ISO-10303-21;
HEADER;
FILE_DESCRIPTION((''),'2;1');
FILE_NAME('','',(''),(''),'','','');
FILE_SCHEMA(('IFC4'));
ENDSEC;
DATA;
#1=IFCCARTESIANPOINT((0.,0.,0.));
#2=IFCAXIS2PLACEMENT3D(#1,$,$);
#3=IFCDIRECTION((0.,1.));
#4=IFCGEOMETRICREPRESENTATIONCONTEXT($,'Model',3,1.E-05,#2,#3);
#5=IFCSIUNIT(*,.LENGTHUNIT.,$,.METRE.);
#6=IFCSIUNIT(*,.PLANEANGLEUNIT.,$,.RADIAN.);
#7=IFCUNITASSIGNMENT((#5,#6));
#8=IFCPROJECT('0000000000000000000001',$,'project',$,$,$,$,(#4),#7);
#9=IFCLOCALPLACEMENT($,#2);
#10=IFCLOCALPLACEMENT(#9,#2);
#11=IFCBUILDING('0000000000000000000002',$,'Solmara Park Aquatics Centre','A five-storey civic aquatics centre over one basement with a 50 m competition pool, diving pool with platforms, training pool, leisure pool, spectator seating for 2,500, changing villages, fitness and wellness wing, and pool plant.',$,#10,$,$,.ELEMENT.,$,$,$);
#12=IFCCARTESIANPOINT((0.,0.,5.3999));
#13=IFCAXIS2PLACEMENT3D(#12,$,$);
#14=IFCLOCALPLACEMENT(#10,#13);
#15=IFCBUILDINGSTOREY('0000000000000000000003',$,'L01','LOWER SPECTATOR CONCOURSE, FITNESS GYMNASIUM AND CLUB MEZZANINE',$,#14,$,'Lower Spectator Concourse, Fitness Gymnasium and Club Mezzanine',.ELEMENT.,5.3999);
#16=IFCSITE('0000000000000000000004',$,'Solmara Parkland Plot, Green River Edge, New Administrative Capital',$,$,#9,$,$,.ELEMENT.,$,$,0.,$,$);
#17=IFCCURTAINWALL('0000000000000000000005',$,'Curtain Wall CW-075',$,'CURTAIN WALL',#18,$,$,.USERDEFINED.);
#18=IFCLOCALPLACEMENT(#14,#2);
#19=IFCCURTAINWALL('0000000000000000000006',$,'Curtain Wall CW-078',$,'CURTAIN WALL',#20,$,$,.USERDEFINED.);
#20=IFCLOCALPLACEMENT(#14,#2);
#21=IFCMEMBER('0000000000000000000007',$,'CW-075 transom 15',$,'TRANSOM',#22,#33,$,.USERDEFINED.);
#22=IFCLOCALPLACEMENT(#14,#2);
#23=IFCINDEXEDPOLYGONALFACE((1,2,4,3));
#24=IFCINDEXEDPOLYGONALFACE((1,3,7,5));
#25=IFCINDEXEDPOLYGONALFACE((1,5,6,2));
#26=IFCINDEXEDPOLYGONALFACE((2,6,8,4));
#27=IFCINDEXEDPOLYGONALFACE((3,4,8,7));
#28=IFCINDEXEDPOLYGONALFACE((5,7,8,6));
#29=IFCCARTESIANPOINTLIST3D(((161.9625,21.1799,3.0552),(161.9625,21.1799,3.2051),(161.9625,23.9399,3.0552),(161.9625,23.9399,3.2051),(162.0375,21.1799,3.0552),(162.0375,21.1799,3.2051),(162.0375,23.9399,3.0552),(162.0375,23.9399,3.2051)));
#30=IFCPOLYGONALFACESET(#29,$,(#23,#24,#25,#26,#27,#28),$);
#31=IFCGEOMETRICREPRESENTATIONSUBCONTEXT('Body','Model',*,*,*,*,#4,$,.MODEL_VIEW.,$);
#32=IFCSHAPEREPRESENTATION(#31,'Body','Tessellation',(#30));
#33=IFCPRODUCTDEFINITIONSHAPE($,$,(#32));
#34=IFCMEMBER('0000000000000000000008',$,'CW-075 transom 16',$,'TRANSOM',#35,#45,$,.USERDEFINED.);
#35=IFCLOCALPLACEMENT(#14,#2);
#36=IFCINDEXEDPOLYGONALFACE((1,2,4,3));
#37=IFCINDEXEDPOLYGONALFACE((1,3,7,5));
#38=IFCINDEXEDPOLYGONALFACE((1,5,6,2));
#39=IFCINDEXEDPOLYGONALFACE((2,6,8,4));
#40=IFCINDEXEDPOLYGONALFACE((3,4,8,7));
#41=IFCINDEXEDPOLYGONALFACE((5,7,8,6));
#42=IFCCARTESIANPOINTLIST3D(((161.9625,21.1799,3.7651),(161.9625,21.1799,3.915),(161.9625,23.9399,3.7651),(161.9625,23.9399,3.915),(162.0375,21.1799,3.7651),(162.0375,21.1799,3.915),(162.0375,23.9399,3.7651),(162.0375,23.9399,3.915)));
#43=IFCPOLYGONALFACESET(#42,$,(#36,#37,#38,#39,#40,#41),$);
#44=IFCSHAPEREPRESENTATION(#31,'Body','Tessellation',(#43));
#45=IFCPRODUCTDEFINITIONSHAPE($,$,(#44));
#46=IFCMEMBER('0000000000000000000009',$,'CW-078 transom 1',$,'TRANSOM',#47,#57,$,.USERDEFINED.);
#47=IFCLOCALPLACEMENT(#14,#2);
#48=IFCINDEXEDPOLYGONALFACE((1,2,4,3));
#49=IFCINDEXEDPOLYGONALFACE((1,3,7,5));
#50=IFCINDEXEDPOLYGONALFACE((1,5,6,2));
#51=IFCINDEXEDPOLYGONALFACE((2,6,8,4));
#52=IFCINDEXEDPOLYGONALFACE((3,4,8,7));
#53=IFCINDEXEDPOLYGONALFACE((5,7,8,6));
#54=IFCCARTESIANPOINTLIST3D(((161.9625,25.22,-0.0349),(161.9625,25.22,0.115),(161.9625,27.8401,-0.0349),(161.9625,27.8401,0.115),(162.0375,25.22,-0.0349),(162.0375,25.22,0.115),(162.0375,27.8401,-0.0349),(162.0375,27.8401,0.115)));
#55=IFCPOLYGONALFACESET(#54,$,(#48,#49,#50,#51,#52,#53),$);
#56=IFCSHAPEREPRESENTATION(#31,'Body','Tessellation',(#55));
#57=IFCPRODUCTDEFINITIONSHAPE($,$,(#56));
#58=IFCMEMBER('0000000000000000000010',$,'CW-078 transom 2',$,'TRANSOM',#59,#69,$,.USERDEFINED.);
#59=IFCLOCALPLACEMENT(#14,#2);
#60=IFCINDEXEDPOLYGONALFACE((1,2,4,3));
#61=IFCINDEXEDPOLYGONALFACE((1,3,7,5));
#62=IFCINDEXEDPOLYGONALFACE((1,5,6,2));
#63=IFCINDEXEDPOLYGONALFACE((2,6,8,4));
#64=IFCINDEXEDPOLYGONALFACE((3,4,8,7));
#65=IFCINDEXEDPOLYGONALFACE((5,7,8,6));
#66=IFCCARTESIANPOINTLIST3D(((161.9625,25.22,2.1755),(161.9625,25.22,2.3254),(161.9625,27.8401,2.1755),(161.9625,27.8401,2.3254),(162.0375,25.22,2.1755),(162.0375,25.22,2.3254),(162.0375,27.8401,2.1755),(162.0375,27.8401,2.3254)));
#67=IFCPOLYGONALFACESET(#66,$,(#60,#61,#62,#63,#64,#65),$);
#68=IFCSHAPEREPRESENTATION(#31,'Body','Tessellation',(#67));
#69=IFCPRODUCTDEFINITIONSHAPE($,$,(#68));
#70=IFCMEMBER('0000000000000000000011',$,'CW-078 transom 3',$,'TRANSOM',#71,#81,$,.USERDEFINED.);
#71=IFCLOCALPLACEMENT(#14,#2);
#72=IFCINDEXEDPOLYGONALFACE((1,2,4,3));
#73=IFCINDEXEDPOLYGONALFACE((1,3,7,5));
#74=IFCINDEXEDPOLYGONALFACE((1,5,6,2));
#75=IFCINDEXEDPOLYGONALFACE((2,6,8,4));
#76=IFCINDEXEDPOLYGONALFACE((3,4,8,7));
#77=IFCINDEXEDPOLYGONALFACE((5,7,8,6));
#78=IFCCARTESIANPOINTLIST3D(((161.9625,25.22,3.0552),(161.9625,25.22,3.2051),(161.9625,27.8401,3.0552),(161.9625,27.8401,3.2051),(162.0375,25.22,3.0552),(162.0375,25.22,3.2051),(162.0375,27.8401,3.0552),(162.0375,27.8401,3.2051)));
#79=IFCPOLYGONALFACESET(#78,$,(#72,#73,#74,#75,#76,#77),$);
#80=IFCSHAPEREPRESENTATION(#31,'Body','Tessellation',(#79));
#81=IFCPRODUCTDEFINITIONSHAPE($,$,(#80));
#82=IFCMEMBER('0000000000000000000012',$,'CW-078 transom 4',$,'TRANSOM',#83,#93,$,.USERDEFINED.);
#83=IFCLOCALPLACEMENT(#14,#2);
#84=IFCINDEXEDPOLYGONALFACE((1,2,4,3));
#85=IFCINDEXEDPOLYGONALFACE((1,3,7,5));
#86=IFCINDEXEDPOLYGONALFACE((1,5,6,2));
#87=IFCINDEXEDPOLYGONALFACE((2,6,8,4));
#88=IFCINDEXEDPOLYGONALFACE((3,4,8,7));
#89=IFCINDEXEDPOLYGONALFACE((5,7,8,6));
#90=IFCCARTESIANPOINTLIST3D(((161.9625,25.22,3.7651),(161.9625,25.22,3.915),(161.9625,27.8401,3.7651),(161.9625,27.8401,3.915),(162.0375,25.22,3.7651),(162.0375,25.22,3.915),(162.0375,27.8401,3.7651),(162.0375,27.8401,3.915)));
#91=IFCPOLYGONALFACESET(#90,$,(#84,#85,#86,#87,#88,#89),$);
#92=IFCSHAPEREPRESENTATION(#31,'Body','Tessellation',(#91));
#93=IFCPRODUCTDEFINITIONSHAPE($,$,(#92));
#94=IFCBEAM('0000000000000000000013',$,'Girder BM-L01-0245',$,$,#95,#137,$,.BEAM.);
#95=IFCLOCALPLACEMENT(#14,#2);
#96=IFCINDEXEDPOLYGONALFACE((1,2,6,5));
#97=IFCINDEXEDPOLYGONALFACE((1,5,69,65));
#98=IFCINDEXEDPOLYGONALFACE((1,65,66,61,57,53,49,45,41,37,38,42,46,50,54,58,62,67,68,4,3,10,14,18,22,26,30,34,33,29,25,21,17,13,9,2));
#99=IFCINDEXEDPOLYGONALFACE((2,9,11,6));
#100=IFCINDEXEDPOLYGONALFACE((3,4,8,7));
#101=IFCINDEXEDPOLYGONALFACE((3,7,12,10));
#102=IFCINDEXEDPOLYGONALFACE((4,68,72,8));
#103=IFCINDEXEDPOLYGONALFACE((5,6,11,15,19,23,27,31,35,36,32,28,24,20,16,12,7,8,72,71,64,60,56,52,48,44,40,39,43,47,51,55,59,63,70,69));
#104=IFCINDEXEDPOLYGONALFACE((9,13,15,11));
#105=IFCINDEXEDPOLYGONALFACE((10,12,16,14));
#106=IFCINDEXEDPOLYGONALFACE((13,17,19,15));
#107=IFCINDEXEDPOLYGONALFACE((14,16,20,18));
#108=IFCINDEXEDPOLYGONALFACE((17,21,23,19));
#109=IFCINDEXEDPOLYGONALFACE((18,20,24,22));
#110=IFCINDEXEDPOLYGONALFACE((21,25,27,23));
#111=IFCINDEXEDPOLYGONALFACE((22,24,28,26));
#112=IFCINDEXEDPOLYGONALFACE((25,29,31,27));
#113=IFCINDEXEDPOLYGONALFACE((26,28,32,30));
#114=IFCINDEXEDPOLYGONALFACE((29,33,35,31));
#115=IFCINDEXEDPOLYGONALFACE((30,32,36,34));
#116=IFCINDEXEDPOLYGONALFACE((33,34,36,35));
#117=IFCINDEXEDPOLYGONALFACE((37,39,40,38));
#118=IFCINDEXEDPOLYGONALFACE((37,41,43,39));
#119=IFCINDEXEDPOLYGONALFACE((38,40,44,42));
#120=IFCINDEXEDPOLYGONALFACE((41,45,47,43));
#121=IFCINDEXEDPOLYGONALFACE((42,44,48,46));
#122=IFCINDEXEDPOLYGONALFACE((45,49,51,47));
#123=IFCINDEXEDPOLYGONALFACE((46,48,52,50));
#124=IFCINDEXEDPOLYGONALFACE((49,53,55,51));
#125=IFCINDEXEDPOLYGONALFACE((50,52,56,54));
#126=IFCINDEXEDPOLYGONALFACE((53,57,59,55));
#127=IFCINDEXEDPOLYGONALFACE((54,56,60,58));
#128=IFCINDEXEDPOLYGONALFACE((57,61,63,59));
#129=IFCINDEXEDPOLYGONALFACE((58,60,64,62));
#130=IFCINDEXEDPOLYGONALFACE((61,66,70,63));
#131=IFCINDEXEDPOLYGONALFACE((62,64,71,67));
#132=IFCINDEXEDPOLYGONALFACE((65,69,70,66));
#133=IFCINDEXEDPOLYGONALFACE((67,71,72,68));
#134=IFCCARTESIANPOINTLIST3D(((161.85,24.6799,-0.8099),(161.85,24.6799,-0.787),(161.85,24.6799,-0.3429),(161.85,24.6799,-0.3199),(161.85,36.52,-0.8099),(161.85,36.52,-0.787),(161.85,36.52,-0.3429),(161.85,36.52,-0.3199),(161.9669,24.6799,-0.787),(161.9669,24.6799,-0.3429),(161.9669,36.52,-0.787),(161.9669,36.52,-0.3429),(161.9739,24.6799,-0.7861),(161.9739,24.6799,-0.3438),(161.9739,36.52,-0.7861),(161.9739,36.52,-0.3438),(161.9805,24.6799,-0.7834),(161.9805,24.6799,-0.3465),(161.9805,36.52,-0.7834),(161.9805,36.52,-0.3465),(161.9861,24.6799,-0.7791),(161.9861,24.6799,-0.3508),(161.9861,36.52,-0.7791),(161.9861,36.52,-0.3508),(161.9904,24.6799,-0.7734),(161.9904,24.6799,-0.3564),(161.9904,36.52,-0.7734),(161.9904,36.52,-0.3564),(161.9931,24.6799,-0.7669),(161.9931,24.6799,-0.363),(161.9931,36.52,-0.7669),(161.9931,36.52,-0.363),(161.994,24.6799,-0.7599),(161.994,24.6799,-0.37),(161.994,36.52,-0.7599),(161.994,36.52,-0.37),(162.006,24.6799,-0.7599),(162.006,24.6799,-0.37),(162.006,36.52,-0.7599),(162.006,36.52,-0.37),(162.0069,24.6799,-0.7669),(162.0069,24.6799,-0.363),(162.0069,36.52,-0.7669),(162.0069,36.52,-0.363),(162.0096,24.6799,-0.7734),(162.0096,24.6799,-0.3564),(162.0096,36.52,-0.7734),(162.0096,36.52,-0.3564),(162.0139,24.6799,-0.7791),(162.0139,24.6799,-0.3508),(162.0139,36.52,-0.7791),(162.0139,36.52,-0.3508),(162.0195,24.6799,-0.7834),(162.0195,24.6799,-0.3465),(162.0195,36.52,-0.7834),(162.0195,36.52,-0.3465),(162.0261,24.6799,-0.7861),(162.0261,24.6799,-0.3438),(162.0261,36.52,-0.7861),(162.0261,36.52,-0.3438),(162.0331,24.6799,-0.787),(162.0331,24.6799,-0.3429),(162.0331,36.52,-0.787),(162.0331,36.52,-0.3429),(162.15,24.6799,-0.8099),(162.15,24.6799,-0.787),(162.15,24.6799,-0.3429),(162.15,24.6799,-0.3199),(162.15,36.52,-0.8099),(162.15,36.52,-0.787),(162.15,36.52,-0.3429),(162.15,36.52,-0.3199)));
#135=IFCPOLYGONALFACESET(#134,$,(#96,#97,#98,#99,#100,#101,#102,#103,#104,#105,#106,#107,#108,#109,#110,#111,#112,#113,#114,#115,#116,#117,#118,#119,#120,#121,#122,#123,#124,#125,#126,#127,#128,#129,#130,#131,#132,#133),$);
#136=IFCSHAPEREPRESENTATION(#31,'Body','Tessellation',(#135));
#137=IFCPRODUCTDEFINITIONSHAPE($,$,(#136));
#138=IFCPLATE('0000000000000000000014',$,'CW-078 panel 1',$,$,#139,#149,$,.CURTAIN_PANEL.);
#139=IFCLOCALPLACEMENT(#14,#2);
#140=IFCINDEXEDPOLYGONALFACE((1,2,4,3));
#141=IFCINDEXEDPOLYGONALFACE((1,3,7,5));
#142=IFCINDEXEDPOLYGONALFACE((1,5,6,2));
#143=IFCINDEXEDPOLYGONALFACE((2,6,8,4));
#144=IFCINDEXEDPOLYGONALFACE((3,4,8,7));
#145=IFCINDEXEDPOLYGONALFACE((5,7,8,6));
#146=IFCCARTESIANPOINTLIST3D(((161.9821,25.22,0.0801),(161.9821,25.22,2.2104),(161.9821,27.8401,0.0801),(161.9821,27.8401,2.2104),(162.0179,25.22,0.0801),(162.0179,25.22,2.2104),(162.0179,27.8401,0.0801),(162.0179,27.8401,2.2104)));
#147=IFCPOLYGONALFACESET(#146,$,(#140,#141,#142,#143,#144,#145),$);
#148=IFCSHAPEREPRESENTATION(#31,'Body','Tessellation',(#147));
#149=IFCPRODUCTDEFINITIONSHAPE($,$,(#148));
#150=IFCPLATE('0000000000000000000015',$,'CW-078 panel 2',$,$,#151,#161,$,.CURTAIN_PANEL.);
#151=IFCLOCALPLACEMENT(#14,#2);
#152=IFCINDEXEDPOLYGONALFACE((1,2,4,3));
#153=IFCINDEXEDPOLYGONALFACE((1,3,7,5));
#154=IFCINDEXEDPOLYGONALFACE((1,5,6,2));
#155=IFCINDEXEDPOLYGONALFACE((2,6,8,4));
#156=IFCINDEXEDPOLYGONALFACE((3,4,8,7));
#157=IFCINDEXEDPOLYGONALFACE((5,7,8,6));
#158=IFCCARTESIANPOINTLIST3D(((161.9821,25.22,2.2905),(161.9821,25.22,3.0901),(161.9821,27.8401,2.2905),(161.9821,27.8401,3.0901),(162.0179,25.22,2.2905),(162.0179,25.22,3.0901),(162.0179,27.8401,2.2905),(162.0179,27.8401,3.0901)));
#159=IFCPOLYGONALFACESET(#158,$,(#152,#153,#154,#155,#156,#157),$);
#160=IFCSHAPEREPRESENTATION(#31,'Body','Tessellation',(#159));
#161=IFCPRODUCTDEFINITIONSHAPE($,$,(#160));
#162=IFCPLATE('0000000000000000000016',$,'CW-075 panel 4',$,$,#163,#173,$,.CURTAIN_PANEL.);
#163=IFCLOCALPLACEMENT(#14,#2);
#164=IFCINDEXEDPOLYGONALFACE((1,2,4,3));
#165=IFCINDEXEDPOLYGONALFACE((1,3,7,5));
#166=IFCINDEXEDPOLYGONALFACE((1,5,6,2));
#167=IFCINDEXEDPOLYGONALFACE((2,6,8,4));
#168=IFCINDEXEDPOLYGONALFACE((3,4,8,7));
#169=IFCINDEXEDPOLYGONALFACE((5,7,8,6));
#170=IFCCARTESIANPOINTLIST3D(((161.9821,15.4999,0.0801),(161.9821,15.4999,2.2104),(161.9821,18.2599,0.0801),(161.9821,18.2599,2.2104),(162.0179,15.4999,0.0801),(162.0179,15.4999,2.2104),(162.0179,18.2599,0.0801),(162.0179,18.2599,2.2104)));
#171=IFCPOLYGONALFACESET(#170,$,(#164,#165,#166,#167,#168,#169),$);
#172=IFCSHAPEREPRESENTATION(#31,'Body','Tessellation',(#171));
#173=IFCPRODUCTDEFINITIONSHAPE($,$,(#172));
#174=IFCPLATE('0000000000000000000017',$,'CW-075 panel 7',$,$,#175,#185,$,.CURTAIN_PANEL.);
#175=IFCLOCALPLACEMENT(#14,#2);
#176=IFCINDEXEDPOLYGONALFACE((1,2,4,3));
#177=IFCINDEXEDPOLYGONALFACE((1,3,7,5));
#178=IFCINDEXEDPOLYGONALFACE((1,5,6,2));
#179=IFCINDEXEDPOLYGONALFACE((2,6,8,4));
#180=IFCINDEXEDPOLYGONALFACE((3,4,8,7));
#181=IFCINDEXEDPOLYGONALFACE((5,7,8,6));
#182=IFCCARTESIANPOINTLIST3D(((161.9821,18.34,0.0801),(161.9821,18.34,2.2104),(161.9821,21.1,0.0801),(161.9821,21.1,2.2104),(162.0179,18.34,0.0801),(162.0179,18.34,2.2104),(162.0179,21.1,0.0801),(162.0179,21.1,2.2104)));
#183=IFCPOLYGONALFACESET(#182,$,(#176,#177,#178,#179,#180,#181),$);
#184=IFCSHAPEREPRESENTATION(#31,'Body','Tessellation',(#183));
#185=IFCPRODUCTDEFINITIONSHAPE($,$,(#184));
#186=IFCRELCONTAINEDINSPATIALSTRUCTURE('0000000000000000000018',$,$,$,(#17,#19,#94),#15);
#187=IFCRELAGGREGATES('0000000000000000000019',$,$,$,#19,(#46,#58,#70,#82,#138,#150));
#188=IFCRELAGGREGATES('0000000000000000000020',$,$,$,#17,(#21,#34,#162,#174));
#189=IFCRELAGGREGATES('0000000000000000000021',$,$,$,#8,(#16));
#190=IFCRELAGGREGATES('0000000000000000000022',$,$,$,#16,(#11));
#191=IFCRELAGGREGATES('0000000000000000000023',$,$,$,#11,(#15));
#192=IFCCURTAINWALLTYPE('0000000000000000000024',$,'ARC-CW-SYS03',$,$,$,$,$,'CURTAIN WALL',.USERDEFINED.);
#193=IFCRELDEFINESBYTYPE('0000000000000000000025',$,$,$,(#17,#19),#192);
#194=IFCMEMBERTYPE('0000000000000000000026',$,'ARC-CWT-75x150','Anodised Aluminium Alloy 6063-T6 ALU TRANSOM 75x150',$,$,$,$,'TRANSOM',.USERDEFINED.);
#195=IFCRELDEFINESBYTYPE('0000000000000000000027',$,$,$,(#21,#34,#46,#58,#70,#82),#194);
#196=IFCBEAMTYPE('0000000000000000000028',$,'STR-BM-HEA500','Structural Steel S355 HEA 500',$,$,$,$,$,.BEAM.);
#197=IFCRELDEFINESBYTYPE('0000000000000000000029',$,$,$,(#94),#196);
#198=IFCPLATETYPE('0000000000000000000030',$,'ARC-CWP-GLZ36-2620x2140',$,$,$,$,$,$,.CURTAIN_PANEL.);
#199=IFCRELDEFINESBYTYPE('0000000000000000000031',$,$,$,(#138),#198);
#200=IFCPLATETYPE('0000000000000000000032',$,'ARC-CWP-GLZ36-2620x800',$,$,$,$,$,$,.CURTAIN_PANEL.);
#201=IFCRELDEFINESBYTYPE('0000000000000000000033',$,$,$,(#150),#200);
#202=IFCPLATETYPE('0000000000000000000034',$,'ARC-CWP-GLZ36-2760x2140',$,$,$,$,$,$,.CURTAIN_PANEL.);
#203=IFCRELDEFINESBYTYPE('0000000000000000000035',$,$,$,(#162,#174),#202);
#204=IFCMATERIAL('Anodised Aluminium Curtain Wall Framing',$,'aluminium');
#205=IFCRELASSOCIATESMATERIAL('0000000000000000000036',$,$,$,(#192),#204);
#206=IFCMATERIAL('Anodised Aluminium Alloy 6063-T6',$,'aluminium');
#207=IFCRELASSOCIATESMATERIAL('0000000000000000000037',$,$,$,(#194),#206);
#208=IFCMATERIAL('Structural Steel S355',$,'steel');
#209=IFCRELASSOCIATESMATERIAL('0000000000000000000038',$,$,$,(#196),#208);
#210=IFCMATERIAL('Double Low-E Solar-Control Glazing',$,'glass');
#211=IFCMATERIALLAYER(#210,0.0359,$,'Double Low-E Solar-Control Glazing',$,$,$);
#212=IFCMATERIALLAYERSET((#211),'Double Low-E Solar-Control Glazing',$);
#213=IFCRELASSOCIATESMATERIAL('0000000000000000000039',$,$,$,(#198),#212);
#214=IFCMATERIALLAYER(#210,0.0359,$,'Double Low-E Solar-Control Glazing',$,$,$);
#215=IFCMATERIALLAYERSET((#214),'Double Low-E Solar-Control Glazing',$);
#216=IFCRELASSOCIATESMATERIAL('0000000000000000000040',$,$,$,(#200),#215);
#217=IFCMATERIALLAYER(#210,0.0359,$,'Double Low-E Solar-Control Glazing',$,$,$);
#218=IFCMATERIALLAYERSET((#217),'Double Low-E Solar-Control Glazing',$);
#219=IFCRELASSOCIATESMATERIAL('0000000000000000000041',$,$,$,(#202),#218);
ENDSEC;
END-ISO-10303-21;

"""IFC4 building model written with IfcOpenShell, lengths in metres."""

from ifc_helpers import new_model, si_unit, direction, frame, origin, origin_2d, place, context, subcontext, project, spatial, rectangle, i_section, extrude, material, layer, layer_set, material_profile, profile_set, type_object, element, aggregate, save


model = new_model("IFC4")

# Units and contexts
model_context = context("Model", 3, precision=1e-05, world=origin(), true_north=direction((0.0, 1.0)))
body_context = subcontext(model_context, "Body", "Model", "MODEL_VIEW")
ifc_project = project(units=[si_unit("LENGTHUNIT", "METRE"), si_unit("PLANEANGLEUNIT", "RADIAN")], contexts=[model_context])

# Site, building, storey
site_placement = place(None, origin())
site = spatial("IfcSite", under=ifc_project, at=site_placement, Name="Solmara Parkland Plot, Green River Edge, New Administrative Capital", CompositionType="ELEMENT", RefElevation=0.0)
building_placement = place(site_placement, origin())
building = spatial("IfcBuilding", under=site, at=building_placement, Name="Solmara Park Aquatics Centre", Description="A five-storey civic aquatics centre over one basement with a 50 m competition pool, diving pool with platforms, training pool, leisure pool, spectator seating for 2,500, changing villages, fitness and wellness wing, and pool plant.", CompositionType="ELEMENT")
storey_placement = place(building_placement, frame((0.0, 0.0, 5.3999)))
storey = spatial("IfcBuildingStorey", under=building, at=storey_placement, Name="L01", Description="LOWER SPECTATOR CONCOURSE, FITNESS GYMNASIUM AND CLUB MEZZANINE", LongName="Lower Spectator Concourse, Fitness Gymnasium and Club Mezzanine", CompositionType="ELEMENT", Elevation=5.3999)

# Curtain wall
ifc_material_1 = material(Name="Anodised Aluminium Curtain Wall Framing", Category="aluminium")
curtain_wall_type = type_object("IfcCurtainWallType", Name="ARC-CW-SYS03", ElementType="CURTAIN WALL", PredefinedType="USERDEFINED", material=ifc_material_1)
curtain_wall_1_placement = place(storey_placement, origin())
curtain_wall_1 = element("IfcCurtainWall", 1, at=curtain_wall_1_placement, inside=storey, type_object=curtain_wall_type, Name="Curtain Wall CW-075", ObjectType="CURTAIN WALL", PredefinedType="USERDEFINED")
ifc_material_2 = material(Name="Anodised Aluminium Alloy 6063-T6", Category="aluminium")

# Curtain wall
curtain_wall_2_placement = place(storey_placement, origin())
curtain_wall_2 = element("IfcCurtainWall", 2, at=curtain_wall_2_placement, inside=storey, type_object=curtain_wall_type, Name="Curtain Wall CW-078", ObjectType="CURTAIN WALL", PredefinedType="USERDEFINED")

# Members
ifc_material_profile_1 = material_profile(ifc_material_2, rectangle(XDim=0.075, YDim=0.1499, at=origin_2d()), Name="ALU TRANSOM 75x150")
ifc_profile_set_1 = profile_set([ifc_material_profile_1], Name="Anodised Aluminium Alloy 6063-T6")
member_type_1 = type_object("IfcMemberType", Name="ARC-CWT-75x150", Description="Anodised Aluminium Alloy 6063-T6 ALU TRANSOM 75x150", ElementType="TRANSOM", PredefinedType="USERDEFINED", material=ifc_profile_set_1)
member_1_placement = place(storey_placement, frame((162.0, 21.1799, 3.1301), z_axis=(0.0, 1.0, 0.0), x_axis=(-1.0, 0.0, 0.0)))
member_1 = element("IfcMember", 3, at=member_1_placement, type_object=member_type_1, Name="CW-075 transom 15", ObjectType="TRANSOM", PredefinedType="USERDEFINED", context=body_context, shape_type="SweptSolid", body=[
    extrude(rectangle(XDim=0.075, YDim=0.1499, at=origin_2d()), origin(), (0.0, 0.0, 1.0), 2.76),
])
member_2_placement = place(storey_placement, frame((162.0, 21.1799, 3.8401), z_axis=(0.0, 1.0, 0.0), x_axis=(-1.0, 0.0, 0.0)))
member_2 = element("IfcMember", 4, at=member_2_placement, type_object=member_type_1, Name="CW-075 transom 16", ObjectType="TRANSOM", PredefinedType="USERDEFINED", context=body_context, shape_type="SweptSolid", body=[
    extrude(rectangle(XDim=0.075, YDim=0.1499, at=origin_2d()), origin(), (0.0, 0.0, 1.0), 2.76),
])
member_3_placement = place(storey_placement, frame((162.0, 25.22, 0.04), z_axis=(0.0, 1.0, 0.0), x_axis=(-1.0, 0.0, 0.0)))
member_3 = element("IfcMember", 5, at=member_3_placement, type_object=member_type_1, Name="CW-078 transom 1", ObjectType="TRANSOM", PredefinedType="USERDEFINED", context=body_context, shape_type="SweptSolid", body=[
    extrude(rectangle(XDim=0.075, YDim=0.1499, at=origin_2d()), origin(), (0.0, 0.0, 1.0), 2.6201),
])
member_4_placement = place(storey_placement, frame((162.0, 25.22, 2.2505), z_axis=(0.0, 1.0, 0.0), x_axis=(-1.0, 0.0, 0.0)))
member_4 = element("IfcMember", 6, at=member_4_placement, type_object=member_type_1, Name="CW-078 transom 2", ObjectType="TRANSOM", PredefinedType="USERDEFINED", context=body_context, shape_type="SweptSolid", body=[
    extrude(rectangle(XDim=0.075, YDim=0.1499, at=origin_2d()), origin(), (0.0, 0.0, 1.0), 2.6201),
])
member_5_placement = place(storey_placement, frame((162.0, 25.22, 3.1301), z_axis=(0.0, 1.0, 0.0), x_axis=(-1.0, 0.0, 0.0)))
member_5 = element("IfcMember", 7, at=member_5_placement, type_object=member_type_1, Name="CW-078 transom 3", ObjectType="TRANSOM", PredefinedType="USERDEFINED", context=body_context, shape_type="SweptSolid", body=[
    extrude(rectangle(XDim=0.075, YDim=0.1499, at=origin_2d()), origin(), (0.0, 0.0, 1.0), 2.6201),
])
member_6_placement = place(storey_placement, frame((162.0, 25.22, 3.8401), z_axis=(0.0, 1.0, 0.0), x_axis=(-1.0, 0.0, 0.0)))
member_6 = element("IfcMember", 8, at=member_6_placement, type_object=member_type_1, Name="CW-078 transom 4", ObjectType="TRANSOM", PredefinedType="USERDEFINED", context=body_context, shape_type="SweptSolid", body=[
    extrude(rectangle(XDim=0.075, YDim=0.1499, at=origin_2d()), origin(), (0.0, 0.0, 1.0), 2.6201),
])

# Beam
ifc_material_3 = material(Name="Structural Steel S355", Category="steel")
ifc_material_profile_2 = material_profile(ifc_material_3, i_section(OverallWidth=0.3, OverallDepth=0.49, WebThickness=0.012, FlangeThickness=0.0229, FilletRadius=0.0271, at=origin_2d()), Name="HEA 500")
ifc_profile_set_2 = profile_set([ifc_material_profile_2], Name="Structural Steel S355")
beam_type = type_object("IfcBeamType", Name="STR-BM-HEA500", Description="Structural Steel S355 HEA 500", PredefinedType="BEAM", material=ifc_profile_set_2)
beam_placement = place(storey_placement, frame((162.0, 24.6799, -0.5649), z_axis=(0.0, 1.0, 0.0), x_axis=(-1.0, 0.0, 0.0)))
element("IfcBeam", 9, at=beam_placement, inside=storey, type_object=beam_type, Name="Girder BM-L01-0245", PredefinedType="BEAM", context=body_context, shape_type="SweptSolid", body=[
    extrude(i_section(OverallWidth=0.3, OverallDepth=0.49, WebThickness=0.012, FlangeThickness=0.0229, FilletRadius=0.0271, at=origin_2d()), origin(), (0.0, 0.0, 1.0), 11.8401),
])

# Plates
ifc_material_4 = material(Name="Double Low-E Solar-Control Glazing", Category="glass")
ifc_layer_1 = layer(ifc_material_4, 0.0359, Name="Double Low-E Solar-Control Glazing")
ifc_layer_set_1 = layer_set([ifc_layer_1], Name="Double Low-E Solar-Control Glazing")
plate_type_1 = type_object("IfcPlateType", Name="ARC-CWP-GLZ36-2620x2140", PredefinedType="CURTAIN_PANEL", material=ifc_layer_set_1)
plate_1_placement = place(storey_placement, frame((162.0, 26.53, 0.0801), z_axis=(0.0, 0.0, 1.0), x_axis=(0.0, 1.0, 0.0)))
plate_1 = element("IfcPlate", 10, at=plate_1_placement, type_object=plate_type_1, Name="CW-078 panel 1", PredefinedType="CURTAIN_PANEL", context=body_context, shape_type="SweptSolid", body=[
    extrude(rectangle(XDim=2.6201, YDim=0.0359, at=origin_2d()), origin(), (0.0, 0.0, 1.0), 2.1304),
])
ifc_layer_2 = layer(ifc_material_4, 0.0359, Name="Double Low-E Solar-Control Glazing")
ifc_layer_set_2 = layer_set([ifc_layer_2], Name="Double Low-E Solar-Control Glazing")
plate_type_2 = type_object("IfcPlateType", Name="ARC-CWP-GLZ36-2620x800", PredefinedType="CURTAIN_PANEL", material=ifc_layer_set_2)
plate_2_placement = place(storey_placement, frame((162.0, 26.53, 2.2905), z_axis=(0.0, 0.0, 1.0), x_axis=(0.0, 1.0, 0.0)))
plate_2 = element("IfcPlate", 11, at=plate_2_placement, type_object=plate_type_2, Name="CW-078 panel 2", PredefinedType="CURTAIN_PANEL", context=body_context, shape_type="SweptSolid", body=[
    extrude(rectangle(XDim=2.6201, YDim=0.0359, at=origin_2d()), origin(), (0.0, 0.0, 1.0), 0.7996),
])
aggregate(curtain_wall_2, [member_3, member_4, member_5, member_6, plate_1, plate_2])
ifc_layer_3 = layer(ifc_material_4, 0.0359, Name="Double Low-E Solar-Control Glazing")
ifc_layer_set_3 = layer_set([ifc_layer_3], Name="Double Low-E Solar-Control Glazing")
plate_type_3 = type_object("IfcPlateType", Name="ARC-CWP-GLZ36-2760x2140", PredefinedType="CURTAIN_PANEL", material=ifc_layer_set_3)
plate_3_placement = place(storey_placement, frame((162.0, 16.8799, 0.0801), z_axis=(0.0, 0.0, 1.0), x_axis=(0.0, 1.0, 0.0)))
plate_3 = element("IfcPlate", 12, at=plate_3_placement, type_object=plate_type_3, Name="CW-075 panel 4", PredefinedType="CURTAIN_PANEL", context=body_context, shape_type="SweptSolid", body=[
    extrude(rectangle(XDim=2.76, YDim=0.0359, at=origin_2d()), origin(), (0.0, 0.0, 1.0), 2.1304),
])
plate_4_placement = place(storey_placement, frame((162.0, 19.72, 0.0801), z_axis=(0.0, 0.0, 1.0), x_axis=(0.0, 1.0, 0.0)))
plate_4 = element("IfcPlate", 13, at=plate_4_placement, type_object=plate_type_3, Name="CW-075 panel 7", PredefinedType="CURTAIN_PANEL", context=body_context, shape_type="SweptSolid", body=[
    extrude(rectangle(XDim=2.76, YDim=0.0359, at=origin_2d()), origin(), (0.0, 0.0, 1.0), 2.1304),
])
aggregate(curtain_wall_1, [member_1, member_2, plate_3, plate_4])

save(model, "model.ifc")
